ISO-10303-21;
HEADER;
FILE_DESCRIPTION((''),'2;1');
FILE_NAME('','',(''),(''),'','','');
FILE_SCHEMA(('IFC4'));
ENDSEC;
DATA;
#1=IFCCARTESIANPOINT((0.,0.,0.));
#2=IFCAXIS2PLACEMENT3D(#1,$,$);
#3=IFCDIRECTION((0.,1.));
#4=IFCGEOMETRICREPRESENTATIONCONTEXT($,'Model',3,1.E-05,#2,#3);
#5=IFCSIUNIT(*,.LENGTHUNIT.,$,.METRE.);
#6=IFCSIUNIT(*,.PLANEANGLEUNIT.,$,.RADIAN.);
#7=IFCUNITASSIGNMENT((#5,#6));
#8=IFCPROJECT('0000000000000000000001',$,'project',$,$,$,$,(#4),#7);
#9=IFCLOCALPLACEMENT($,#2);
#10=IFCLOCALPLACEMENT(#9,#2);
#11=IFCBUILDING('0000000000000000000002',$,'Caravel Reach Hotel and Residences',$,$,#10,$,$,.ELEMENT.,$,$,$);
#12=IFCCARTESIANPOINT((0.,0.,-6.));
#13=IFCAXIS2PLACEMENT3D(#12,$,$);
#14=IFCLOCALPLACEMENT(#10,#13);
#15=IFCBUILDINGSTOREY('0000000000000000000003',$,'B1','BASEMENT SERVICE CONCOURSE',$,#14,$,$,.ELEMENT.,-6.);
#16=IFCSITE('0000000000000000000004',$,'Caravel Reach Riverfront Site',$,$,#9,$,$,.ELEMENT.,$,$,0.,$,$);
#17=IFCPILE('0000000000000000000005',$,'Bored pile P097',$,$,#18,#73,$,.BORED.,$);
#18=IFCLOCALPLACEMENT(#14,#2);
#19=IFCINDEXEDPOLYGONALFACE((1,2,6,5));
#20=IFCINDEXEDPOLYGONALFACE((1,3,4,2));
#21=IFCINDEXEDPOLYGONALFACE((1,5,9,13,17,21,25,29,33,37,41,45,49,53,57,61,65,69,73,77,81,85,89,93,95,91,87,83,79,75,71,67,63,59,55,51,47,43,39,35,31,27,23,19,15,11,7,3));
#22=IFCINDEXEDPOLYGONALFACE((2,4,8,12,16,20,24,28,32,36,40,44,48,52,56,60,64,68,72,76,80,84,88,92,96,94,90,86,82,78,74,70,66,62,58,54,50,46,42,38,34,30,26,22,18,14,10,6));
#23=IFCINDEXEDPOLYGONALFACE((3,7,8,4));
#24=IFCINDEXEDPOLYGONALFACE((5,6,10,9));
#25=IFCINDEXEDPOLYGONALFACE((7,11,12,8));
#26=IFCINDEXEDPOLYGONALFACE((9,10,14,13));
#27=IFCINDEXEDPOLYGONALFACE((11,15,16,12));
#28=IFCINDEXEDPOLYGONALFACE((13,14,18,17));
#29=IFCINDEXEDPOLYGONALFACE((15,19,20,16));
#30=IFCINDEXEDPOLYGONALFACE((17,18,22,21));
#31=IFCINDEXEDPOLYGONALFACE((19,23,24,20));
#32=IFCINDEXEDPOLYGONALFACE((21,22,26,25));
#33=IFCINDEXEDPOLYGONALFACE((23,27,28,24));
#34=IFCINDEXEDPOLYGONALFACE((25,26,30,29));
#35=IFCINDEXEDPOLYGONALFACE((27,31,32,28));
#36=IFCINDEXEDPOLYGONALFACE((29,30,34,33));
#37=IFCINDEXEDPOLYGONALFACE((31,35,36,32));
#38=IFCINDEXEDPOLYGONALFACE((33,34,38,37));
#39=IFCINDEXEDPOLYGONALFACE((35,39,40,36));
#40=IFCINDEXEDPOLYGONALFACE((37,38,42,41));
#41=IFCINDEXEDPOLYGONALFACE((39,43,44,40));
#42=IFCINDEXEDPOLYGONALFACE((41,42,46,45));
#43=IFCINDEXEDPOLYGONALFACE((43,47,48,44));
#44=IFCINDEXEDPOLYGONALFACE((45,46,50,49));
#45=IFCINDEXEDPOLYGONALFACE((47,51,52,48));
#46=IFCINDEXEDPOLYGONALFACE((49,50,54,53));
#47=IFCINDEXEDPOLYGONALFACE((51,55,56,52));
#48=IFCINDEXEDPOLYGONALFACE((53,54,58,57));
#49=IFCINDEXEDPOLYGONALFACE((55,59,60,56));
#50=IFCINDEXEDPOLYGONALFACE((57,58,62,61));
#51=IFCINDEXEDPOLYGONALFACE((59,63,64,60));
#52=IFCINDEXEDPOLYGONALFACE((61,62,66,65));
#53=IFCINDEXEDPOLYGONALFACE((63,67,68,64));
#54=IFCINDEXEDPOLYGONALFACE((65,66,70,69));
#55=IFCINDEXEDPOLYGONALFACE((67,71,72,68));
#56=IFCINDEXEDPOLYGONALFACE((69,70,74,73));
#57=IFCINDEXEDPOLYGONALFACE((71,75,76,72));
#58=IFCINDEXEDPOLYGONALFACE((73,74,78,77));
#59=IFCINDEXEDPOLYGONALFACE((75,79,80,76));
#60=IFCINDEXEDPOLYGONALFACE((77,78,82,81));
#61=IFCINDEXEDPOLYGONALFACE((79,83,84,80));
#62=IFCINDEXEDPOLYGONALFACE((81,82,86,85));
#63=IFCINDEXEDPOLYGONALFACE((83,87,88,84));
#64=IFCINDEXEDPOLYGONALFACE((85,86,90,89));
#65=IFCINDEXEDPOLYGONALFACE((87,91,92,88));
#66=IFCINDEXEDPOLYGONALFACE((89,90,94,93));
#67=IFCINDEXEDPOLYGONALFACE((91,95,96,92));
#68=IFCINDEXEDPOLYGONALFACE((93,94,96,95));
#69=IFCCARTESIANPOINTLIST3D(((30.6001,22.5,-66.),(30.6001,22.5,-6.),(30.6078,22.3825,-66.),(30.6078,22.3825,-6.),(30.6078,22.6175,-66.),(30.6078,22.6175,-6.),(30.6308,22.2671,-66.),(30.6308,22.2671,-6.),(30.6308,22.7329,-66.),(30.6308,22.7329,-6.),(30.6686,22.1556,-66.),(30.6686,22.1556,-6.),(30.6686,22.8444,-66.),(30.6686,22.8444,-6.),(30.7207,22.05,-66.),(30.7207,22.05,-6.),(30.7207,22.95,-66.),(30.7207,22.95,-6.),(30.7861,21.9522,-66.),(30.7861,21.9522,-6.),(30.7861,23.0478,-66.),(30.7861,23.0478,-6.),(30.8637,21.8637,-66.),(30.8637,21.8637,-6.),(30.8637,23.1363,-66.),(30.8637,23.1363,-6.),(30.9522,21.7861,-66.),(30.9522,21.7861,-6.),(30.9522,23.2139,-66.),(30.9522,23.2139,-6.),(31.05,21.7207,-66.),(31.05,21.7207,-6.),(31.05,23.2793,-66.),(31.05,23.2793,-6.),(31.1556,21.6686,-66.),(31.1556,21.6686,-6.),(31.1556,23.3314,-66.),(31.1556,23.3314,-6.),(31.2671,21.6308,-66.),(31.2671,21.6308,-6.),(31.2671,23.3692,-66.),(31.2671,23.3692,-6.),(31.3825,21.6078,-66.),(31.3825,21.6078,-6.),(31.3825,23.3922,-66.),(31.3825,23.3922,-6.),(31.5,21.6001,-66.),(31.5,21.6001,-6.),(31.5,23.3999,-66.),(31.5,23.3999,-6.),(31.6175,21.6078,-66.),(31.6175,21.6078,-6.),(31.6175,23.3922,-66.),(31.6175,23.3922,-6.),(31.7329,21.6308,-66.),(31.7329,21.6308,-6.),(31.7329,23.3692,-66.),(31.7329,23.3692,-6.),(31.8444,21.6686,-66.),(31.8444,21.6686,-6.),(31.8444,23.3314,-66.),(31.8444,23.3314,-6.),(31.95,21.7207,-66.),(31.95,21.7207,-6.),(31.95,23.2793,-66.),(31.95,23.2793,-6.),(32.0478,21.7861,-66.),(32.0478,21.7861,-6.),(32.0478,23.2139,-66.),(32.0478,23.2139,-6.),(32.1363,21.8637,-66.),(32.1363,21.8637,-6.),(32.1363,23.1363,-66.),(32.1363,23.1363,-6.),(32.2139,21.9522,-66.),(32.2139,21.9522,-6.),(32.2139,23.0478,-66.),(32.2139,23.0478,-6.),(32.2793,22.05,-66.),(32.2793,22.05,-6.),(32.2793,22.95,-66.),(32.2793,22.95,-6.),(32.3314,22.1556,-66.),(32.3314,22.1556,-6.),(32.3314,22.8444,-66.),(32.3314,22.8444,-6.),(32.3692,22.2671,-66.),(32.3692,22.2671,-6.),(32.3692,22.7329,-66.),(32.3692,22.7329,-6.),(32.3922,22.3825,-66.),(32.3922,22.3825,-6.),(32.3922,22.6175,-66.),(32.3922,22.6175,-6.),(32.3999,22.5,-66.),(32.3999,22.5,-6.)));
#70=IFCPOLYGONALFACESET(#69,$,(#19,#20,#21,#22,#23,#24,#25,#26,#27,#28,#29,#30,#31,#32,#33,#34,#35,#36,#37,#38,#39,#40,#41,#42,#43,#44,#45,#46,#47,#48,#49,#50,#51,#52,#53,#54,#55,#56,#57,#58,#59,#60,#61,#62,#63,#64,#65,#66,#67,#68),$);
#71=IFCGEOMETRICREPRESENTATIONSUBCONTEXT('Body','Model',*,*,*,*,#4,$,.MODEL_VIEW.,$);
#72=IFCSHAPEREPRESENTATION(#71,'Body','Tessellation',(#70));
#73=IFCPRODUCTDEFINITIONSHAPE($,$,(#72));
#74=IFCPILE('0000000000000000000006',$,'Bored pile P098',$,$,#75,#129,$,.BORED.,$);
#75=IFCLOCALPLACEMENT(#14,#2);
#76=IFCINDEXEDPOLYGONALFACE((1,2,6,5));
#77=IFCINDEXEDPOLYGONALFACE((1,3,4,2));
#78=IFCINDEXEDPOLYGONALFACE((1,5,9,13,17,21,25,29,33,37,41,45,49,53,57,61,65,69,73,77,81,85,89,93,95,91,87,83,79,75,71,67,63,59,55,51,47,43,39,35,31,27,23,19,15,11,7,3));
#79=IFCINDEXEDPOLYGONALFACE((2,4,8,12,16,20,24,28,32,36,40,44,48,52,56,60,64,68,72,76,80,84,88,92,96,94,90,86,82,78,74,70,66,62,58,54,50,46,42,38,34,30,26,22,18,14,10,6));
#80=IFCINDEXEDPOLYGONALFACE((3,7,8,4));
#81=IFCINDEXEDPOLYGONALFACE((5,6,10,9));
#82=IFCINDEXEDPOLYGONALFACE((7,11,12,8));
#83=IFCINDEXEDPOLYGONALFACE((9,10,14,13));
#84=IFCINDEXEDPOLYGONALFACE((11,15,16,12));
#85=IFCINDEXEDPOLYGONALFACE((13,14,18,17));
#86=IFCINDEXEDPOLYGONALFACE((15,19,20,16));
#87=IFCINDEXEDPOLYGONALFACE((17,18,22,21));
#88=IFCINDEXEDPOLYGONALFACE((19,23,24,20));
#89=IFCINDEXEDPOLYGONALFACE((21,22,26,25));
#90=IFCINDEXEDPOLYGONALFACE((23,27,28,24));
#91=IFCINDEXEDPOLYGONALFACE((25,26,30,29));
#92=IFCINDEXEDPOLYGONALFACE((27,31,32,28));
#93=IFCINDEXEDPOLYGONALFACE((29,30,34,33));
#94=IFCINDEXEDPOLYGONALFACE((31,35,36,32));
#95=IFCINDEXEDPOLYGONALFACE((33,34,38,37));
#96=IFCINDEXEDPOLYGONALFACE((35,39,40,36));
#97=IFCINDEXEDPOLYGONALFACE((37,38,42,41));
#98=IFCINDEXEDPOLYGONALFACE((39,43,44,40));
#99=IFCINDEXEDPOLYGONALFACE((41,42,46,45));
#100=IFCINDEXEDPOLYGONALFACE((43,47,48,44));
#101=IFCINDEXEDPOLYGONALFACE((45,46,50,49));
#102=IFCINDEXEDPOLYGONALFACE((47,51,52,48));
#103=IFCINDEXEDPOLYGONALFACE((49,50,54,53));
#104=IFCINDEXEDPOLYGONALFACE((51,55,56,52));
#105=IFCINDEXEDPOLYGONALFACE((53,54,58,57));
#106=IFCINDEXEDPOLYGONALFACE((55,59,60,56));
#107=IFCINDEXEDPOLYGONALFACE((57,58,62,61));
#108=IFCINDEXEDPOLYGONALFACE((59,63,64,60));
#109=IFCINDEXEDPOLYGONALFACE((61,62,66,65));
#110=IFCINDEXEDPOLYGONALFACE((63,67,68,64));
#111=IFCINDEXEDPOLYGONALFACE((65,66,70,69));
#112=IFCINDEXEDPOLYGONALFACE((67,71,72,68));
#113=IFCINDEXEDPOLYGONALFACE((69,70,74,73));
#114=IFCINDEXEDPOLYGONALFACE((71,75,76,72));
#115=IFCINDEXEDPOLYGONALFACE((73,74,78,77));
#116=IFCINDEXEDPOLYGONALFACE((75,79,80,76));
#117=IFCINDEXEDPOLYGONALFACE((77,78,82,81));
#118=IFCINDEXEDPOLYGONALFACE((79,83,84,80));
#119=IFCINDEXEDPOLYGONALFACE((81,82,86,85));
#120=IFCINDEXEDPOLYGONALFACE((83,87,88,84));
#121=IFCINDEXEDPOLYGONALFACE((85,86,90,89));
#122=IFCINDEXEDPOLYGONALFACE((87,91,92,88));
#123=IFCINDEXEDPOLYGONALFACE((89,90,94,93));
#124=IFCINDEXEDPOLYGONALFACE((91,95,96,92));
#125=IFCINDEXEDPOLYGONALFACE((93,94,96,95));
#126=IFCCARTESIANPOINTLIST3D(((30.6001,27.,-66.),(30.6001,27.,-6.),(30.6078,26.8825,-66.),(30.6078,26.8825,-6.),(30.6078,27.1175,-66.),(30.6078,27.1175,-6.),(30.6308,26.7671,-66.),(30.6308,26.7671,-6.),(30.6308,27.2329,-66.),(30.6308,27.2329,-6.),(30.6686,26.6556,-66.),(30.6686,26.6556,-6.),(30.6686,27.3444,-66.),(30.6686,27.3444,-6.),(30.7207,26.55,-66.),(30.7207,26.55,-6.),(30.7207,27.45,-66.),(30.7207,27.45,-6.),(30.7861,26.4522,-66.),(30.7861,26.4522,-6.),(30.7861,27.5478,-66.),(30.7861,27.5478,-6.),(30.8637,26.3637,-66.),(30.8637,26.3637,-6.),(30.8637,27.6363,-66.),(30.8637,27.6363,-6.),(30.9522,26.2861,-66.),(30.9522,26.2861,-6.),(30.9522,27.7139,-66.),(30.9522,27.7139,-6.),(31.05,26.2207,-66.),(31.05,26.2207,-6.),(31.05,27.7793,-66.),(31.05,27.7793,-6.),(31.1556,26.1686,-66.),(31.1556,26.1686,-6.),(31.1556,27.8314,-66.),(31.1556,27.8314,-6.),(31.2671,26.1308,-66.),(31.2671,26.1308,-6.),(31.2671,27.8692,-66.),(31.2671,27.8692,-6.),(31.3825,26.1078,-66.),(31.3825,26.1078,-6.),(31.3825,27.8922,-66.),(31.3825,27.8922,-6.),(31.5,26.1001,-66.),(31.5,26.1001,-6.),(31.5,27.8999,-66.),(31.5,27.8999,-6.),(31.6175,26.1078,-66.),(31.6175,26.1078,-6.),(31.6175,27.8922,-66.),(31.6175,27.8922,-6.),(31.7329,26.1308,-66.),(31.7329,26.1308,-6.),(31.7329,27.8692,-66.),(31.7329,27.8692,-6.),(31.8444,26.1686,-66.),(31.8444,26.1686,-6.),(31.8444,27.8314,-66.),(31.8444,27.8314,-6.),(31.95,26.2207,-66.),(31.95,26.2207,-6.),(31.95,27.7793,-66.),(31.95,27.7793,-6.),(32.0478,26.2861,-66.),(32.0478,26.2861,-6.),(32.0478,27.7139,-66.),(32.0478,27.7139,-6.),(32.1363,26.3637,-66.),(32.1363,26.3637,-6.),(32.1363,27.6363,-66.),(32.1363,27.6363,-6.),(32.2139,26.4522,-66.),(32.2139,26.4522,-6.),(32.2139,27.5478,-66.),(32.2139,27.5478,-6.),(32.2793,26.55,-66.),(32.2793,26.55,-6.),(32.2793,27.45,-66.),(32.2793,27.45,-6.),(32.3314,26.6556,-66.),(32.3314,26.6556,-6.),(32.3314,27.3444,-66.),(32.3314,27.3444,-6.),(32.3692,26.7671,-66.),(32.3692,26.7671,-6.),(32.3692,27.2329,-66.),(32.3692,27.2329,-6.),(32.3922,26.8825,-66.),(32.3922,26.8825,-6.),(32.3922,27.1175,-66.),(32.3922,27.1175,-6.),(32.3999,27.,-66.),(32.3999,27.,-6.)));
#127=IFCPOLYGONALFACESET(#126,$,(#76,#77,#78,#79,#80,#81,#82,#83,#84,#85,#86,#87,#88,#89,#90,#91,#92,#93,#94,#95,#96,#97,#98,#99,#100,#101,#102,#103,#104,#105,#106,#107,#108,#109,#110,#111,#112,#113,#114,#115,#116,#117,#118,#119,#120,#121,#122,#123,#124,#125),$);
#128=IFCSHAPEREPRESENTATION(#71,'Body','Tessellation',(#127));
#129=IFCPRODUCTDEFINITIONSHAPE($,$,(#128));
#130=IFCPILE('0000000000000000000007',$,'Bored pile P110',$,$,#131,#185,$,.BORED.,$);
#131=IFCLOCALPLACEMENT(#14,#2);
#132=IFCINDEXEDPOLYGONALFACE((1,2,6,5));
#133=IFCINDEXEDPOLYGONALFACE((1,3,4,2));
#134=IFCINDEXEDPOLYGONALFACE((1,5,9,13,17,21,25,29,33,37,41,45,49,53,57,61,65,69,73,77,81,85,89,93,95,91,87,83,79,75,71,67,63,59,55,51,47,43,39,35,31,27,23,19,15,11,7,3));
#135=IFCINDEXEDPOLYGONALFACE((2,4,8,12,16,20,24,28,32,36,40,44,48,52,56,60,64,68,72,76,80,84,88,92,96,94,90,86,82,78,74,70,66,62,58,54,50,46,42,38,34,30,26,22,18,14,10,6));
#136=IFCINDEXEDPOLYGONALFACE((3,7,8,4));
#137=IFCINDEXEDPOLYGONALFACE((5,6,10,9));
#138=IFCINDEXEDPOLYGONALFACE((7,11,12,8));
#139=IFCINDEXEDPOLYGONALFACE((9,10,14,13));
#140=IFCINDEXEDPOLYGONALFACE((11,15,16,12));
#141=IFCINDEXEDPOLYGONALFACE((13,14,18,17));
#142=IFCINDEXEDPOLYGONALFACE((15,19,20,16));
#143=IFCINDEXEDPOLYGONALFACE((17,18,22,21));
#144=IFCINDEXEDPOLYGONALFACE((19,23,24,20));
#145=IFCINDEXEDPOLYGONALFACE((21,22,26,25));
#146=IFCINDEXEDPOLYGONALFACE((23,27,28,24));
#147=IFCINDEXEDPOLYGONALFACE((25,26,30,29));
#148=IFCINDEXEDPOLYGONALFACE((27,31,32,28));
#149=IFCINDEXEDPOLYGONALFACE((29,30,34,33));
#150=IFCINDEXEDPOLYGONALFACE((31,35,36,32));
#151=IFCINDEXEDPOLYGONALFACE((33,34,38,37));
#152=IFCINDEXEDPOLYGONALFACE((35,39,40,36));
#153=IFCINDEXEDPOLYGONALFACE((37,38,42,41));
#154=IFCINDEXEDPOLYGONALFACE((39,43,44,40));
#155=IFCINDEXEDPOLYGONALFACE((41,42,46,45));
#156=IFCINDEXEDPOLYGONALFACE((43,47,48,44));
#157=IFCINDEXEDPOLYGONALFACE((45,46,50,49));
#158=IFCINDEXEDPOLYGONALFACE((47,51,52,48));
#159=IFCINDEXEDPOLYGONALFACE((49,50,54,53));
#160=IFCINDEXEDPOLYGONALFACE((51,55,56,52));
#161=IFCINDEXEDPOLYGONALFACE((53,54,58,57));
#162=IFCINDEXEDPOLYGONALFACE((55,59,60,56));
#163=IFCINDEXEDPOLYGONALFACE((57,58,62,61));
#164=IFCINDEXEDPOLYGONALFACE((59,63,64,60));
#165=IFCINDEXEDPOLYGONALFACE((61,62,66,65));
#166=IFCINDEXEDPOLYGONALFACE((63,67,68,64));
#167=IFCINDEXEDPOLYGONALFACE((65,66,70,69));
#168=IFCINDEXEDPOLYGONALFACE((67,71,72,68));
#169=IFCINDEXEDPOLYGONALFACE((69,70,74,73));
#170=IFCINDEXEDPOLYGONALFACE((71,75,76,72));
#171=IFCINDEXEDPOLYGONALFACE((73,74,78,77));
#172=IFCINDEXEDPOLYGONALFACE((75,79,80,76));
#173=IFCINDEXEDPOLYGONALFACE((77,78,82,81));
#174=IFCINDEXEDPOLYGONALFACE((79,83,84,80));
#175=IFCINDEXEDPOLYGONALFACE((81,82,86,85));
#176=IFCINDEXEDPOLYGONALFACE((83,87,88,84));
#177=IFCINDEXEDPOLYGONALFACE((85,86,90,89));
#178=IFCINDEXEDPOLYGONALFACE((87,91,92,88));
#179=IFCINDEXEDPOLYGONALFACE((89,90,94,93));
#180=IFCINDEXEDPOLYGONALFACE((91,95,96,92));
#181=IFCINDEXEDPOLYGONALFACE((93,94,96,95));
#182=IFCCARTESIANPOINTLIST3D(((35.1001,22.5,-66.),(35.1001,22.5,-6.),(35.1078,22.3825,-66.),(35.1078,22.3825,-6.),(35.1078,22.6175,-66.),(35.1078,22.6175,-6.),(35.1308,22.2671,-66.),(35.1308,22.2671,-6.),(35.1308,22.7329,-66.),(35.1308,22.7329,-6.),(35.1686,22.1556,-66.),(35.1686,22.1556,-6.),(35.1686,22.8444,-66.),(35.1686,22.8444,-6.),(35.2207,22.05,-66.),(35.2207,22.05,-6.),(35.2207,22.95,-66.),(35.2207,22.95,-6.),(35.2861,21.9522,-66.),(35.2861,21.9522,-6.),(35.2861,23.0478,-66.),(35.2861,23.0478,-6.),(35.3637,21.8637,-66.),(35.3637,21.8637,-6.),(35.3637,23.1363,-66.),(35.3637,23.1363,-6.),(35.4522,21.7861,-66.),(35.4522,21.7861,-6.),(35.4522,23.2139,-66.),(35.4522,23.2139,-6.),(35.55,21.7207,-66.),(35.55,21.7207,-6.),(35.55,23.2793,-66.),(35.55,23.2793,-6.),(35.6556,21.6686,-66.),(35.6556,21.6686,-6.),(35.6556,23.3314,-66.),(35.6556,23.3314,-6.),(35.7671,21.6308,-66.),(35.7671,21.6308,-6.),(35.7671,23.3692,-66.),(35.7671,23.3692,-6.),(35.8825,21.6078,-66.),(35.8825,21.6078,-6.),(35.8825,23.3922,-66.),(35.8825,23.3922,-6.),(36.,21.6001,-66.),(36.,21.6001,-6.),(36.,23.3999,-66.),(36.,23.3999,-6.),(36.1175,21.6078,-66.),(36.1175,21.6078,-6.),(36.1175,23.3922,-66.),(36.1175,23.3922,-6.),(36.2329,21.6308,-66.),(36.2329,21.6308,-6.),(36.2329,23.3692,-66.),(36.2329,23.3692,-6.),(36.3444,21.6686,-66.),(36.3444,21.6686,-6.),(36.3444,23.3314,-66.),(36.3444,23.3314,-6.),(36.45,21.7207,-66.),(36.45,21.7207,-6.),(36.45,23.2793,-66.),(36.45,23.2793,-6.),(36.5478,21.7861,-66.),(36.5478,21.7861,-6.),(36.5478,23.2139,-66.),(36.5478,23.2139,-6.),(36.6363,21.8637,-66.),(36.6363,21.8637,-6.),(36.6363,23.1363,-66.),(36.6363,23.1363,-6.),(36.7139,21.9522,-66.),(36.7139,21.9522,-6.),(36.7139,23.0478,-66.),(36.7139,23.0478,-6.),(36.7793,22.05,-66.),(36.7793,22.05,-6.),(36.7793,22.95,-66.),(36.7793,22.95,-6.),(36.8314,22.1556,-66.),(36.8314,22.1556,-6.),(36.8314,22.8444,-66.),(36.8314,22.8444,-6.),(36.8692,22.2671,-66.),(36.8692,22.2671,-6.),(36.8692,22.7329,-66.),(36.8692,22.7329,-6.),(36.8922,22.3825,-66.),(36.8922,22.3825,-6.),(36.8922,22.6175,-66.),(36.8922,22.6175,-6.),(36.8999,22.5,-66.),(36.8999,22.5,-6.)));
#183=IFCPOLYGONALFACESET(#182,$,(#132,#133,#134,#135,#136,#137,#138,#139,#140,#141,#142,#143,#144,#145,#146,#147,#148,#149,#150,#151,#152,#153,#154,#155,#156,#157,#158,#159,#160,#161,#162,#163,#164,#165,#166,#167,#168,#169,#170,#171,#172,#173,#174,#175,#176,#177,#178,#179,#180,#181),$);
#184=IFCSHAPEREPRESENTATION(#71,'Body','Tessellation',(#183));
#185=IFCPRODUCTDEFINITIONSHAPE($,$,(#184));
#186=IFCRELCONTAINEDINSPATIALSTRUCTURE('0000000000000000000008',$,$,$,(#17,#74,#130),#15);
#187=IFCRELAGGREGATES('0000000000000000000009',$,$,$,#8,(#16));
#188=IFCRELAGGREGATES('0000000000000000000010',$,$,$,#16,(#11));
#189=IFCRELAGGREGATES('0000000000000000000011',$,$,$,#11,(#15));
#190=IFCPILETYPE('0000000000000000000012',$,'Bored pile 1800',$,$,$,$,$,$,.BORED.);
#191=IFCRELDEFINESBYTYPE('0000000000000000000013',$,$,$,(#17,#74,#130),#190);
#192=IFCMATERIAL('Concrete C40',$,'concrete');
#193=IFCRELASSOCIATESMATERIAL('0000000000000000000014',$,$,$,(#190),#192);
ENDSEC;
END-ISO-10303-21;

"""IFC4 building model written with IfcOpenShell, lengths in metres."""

from ifc_helpers import new_model, si_unit, direction, frame, origin, origin_2d, place, context, subcontext, project, spatial, circle, extrude, material, material_profile, profile_set, type_object, element, save


model = new_model("IFC4")

# Units and contexts
model_context = context("Model", 3, precision=1e-05, world=origin(), true_north=direction((0.0, 1.0)))
body_context = subcontext(model_context, "Body", "Model", "MODEL_VIEW")
ifc_project = project(units=[si_unit("LENGTHUNIT", "METRE"), si_unit("PLANEANGLEUNIT", "RADIAN")], contexts=[model_context])

# Site, building, storey
site_placement = place(None, origin())
site = spatial("IfcSite", under=ifc_project, at=site_placement, Name="Caravel Reach Riverfront Site", CompositionType="ELEMENT", RefElevation=0.0)
building_placement = place(site_placement, origin())
building = spatial("IfcBuilding", under=site, at=building_placement, Name="Caravel Reach Hotel and Residences", CompositionType="ELEMENT")
storey_placement = place(building_placement, frame((0.0, 0.0, -6.0)))
storey = spatial("IfcBuildingStorey", under=building, at=storey_placement, Name="B1", Description="BASEMENT SERVICE CONCOURSE", CompositionType="ELEMENT", Elevation=-6.0)

# Piles
ifc_material_1 = material(Name="Concrete C40", Category="concrete")
ifc_material_profile_1 = material_profile(ifc_material_1, circle(Radius=0.8999, at=origin_2d()), Name="PILE 1800")
ifc_profile_set_1 = profile_set([ifc_material_profile_1], Name="Concrete C40")
pile_type_1 = type_object("IfcPileType", Name="Bored pile 1800", PredefinedType="BORED", material=ifc_profile_set_1)
for number, where, z_axis, x_axis, name in (
    (1, (31.5, 22.5, -6.0), (0.0, 0.0, -1.0), (1.0, 0.0, 0.0), "Bored pile P097"),
    (2, (31.5, 27.0, -6.0), (0.0, 0.0, -1.0), (1.0, 0.0, 0.0), "Bored pile P098"),
    (3, (36.0, 22.5, -6.0), (0.0, 0.0, -1.0), (1.0, 0.0, 0.0), "Bored pile P110"),
):
    element("IfcPile", number, at=place(storey_placement, frame(where, z_axis=z_axis, x_axis=x_axis)), inside=storey, type_object=pile_type_1, Name=name, PredefinedType="BORED", context=body_context, shape_type="SweptSolid", body=[
        extrude(circle(Radius=0.8999, at=origin_2d()), origin(), (0.0, 0.0, 1.0), 60.0),
    ])

save(model, "model.ifc")
